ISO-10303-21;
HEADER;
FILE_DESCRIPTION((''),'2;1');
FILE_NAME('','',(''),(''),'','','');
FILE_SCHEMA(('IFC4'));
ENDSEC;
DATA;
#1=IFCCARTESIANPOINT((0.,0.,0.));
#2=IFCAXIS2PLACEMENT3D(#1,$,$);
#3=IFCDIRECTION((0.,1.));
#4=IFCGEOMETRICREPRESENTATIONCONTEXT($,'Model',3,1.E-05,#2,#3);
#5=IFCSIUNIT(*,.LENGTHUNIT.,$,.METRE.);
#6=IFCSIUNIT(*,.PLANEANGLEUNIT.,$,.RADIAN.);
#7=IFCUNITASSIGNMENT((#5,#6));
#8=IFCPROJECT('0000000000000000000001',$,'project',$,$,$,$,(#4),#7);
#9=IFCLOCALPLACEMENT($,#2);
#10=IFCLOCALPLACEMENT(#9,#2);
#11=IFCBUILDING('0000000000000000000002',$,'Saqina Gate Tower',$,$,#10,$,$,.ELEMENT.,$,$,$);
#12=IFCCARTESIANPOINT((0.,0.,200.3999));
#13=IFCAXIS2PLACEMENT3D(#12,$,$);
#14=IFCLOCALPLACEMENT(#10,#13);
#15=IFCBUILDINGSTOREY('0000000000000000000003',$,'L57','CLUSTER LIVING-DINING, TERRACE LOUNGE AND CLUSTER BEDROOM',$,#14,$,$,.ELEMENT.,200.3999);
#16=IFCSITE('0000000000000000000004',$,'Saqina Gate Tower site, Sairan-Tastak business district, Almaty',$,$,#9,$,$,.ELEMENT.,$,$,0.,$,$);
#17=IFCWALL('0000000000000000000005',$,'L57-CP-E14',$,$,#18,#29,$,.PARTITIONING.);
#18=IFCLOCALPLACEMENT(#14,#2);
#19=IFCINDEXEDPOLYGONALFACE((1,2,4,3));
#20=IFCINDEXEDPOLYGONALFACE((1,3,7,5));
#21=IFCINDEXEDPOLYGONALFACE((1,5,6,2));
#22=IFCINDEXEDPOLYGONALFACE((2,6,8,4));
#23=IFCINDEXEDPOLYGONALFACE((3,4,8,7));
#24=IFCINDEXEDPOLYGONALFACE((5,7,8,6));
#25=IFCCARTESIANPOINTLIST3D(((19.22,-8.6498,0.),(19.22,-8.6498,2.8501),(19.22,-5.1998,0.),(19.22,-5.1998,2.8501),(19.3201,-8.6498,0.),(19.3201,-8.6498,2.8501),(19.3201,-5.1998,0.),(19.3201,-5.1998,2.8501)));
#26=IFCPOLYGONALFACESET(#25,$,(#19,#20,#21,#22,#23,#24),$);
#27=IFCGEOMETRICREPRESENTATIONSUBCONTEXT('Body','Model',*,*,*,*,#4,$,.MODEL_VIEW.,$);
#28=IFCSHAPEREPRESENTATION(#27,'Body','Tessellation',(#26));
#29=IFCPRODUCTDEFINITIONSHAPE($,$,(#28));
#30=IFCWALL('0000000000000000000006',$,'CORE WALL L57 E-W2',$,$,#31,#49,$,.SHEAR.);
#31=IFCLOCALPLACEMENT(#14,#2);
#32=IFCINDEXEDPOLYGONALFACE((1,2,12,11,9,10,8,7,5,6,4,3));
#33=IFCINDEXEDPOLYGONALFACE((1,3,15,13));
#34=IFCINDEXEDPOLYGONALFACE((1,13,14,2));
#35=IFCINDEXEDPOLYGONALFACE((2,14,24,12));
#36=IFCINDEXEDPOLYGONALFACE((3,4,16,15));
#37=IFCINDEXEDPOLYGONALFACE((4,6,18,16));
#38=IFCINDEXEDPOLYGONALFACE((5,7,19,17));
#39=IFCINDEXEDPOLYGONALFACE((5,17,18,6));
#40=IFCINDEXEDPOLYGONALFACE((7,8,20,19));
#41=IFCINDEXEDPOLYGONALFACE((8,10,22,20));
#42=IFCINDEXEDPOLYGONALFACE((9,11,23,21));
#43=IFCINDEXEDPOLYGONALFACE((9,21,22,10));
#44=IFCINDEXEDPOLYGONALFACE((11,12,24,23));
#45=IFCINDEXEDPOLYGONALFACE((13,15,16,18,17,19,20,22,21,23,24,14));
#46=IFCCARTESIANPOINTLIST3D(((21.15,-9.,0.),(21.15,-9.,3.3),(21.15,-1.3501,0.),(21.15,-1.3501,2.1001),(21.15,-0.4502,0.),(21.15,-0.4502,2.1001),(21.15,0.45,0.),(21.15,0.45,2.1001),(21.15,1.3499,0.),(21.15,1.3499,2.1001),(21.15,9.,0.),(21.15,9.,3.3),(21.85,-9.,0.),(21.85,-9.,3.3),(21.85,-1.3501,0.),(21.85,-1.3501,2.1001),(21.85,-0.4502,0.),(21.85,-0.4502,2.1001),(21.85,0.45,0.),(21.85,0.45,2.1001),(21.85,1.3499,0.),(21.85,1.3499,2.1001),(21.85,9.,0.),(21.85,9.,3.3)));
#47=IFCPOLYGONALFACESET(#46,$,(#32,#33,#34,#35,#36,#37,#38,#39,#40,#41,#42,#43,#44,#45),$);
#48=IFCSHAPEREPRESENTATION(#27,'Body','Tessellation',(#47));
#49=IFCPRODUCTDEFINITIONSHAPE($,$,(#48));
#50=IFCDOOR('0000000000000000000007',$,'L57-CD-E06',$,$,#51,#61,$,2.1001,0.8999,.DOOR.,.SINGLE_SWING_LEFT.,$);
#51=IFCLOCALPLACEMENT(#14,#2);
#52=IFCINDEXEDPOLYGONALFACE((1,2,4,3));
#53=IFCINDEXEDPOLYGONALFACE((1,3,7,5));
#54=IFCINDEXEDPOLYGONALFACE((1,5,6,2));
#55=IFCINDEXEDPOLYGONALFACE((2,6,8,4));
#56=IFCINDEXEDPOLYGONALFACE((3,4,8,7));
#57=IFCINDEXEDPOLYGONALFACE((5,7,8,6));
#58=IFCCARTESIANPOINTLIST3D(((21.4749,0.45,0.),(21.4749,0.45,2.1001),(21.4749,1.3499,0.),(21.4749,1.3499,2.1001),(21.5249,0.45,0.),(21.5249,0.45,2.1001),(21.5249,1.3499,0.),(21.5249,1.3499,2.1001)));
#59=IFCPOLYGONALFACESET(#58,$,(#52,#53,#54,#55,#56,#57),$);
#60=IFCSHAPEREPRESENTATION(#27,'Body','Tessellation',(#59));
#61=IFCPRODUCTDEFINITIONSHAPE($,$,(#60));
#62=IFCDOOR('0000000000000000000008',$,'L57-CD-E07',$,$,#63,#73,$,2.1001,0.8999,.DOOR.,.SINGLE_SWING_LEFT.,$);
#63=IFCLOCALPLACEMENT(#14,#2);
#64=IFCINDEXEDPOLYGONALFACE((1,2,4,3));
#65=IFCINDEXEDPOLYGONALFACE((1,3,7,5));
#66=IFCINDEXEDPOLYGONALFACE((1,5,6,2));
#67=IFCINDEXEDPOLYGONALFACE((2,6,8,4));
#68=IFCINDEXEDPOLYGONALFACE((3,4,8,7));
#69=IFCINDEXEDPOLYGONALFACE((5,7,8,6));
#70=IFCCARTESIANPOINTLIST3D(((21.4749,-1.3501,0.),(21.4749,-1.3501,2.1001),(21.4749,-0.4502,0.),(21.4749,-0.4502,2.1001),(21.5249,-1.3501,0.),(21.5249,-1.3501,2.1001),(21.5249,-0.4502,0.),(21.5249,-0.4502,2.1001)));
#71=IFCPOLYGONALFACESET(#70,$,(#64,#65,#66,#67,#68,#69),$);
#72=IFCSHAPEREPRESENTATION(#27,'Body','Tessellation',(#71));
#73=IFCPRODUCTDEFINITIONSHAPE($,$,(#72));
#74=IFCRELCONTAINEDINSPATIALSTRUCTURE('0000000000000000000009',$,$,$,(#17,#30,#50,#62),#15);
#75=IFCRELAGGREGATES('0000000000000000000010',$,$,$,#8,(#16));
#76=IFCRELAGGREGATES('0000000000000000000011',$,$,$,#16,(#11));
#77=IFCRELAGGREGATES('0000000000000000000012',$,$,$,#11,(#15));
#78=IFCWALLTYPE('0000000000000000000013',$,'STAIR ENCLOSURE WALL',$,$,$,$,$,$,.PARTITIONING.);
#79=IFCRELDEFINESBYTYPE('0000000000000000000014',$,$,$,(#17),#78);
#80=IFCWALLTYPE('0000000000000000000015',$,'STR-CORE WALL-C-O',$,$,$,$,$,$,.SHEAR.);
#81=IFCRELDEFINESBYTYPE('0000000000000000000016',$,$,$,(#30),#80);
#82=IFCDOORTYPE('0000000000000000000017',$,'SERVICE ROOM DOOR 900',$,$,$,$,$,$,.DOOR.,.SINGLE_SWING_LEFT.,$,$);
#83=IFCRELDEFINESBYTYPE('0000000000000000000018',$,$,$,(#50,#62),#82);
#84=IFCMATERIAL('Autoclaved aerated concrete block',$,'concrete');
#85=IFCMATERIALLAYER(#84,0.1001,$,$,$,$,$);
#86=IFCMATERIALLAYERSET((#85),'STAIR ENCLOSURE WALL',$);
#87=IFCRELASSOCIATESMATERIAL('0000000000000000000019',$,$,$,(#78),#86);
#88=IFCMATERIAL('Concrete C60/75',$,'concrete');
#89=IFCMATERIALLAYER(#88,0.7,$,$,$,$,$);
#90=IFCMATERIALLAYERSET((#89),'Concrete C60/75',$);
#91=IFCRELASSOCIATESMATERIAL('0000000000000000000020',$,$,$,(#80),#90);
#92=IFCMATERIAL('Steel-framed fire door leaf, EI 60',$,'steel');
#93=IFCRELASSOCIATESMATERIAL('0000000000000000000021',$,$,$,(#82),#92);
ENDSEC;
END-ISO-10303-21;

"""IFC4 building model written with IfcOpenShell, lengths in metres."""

from ifc_helpers import new_model, si_unit, direction, frame, frame_2d, origin, place, context, subcontext, project, spatial, rectangle, extrude, material, layer, layer_set, type_object, element, fill, save


model = new_model("IFC4")

# Units and contexts
model_context = context("Model", 3, precision=1e-05, world=origin(), true_north=direction((0.0, 1.0)))
body_context = subcontext(model_context, "Body", "Model", "MODEL_VIEW")
ifc_project = project(units=[si_unit("LENGTHUNIT", "METRE"), si_unit("PLANEANGLEUNIT", "RADIAN")], contexts=[model_context])

# Site, building, storey
site_placement = place(None, origin())
site = spatial("IfcSite", under=ifc_project, at=site_placement, Name="Saqina Gate Tower site, Sairan-Tastak business district, Almaty", CompositionType="ELEMENT", RefElevation=0.0)
building_placement = place(site_placement, origin())
building = spatial("IfcBuilding", under=site, at=building_placement, Name="Saqina Gate Tower", CompositionType="ELEMENT")
storey_placement = place(building_placement, frame((0.0, 0.0, 200.3999)))
storey = spatial("IfcBuildingStorey", under=building, at=storey_placement, Name="L57", Description="CLUSTER LIVING-DINING, TERRACE LOUNGE AND CLUSTER BEDROOM", CompositionType="ELEMENT", Elevation=200.3999)

# Wall
ifc_material_1 = material(Name="Autoclaved aerated concrete block", Category="concrete")
ifc_layer_1 = layer(ifc_material_1, 0.1001)
ifc_layer_set_1 = layer_set([ifc_layer_1], Name="STAIR ENCLOSURE WALL")
wall_type_1 = type_object("IfcWallType", Name="STAIR ENCLOSURE WALL", PredefinedType="PARTITIONING", material=ifc_layer_set_1)
wall_1_placement = place(storey_placement, frame((19.27, -8.6499, 0.0), z_axis=(0.0, 0.0, 1.0), x_axis=(0.0, 1.0, 0.0)))
element("IfcWall", 1, at=wall_1_placement, inside=storey, type_object=wall_type_1, Name="L57-CP-E14", PredefinedType="PARTITIONING", context=body_context, shape_type="SweptSolid", body=[
    extrude(rectangle(XDim=3.45, YDim=0.1001, at=frame_2d((1.7251, 0.0))), origin(), (0.0, 0.0, 1.0), 2.8501),
])

# Wall, openings, doors
ifc_material_2 = material(Name="Concrete C60/75", Category="concrete")
ifc_layer_2 = layer(ifc_material_2, 0.7)
ifc_layer_set_2 = layer_set([ifc_layer_2], Name="Concrete C60/75")
wall_type_2 = type_object("IfcWallType", Name="STR-CORE WALL-C-O", PredefinedType="SHEAR", material=ifc_layer_set_2)
wall_2_placement = place(storey_placement, frame((21.5, -9.0, 0.0), z_axis=(0.0, 0.0, 1.0), x_axis=(0.0, 1.0, 0.0)))
wall_2 = element("IfcWall", 2, at=wall_2_placement, inside=storey, type_object=wall_type_2, Name="CORE WALL L57 E-W2", PredefinedType="SHEAR", context=body_context, shape_type="SweptSolid", body=[
    extrude(rectangle(XDim=18.0, YDim=0.7, at=frame_2d((9.0, 0.0))), origin(), (0.0, 0.0, 1.0), 3.3),
])
opening_1_placement = place(wall_2_placement, frame((9.45, 0.0, 0.0)))
opening_1 = element("IfcOpeningElement", 3, at=opening_1_placement, cuts=wall_2, PredefinedType="OPENING", context=body_context, shape_type="SweptSolid", body=[
    extrude(rectangle(XDim=0.8999, YDim=2.1001, at=frame_2d((0.45, 1.05))), frame((0.0, 0.3621, 0.0), z_axis=(0.0, -1.0, 0.0), x_axis=(1.0, 0.0, 0.0)), (0.0, 0.0, 1.0), 0.7239),
])
opening_2_placement = place(wall_2_placement, frame((7.6499, 0.0, 0.0)))
opening_2 = element("IfcOpeningElement", 4, at=opening_2_placement, cuts=wall_2, PredefinedType="OPENING", context=body_context, shape_type="SweptSolid", body=[
    extrude(rectangle(XDim=0.8999, YDim=2.1001, at=frame_2d((0.45, 1.05))), frame((0.0, 0.3621, 0.0), z_axis=(0.0, -1.0, 0.0), x_axis=(1.0, 0.0, 0.0)), (0.0, 0.0, 1.0), 0.7239),
])
ifc_material_3 = material(Name="Steel-framed fire door leaf, EI 60", Category="steel")
door_type_1 = type_object("IfcDoorType", Name="SERVICE ROOM DOOR 900", OperationType="SINGLE_SWING_LEFT", PredefinedType="DOOR", material=ifc_material_3)
door_1_placement = place(opening_1_placement, frame((0.8999, 0.0, 0.0), z_axis=(0.0, 0.0, 1.0), x_axis=(-1.0, 0.0, 0.0)))
door_1 = element("IfcDoor", 5, at=door_1_placement, inside=storey, type_object=door_type_1, Name="L57-CD-E06", OperationType="SINGLE_SWING_LEFT", OverallHeight=2.1001, OverallWidth=0.8999, PredefinedType="DOOR", context=body_context, shape_type="SweptSolid", body=[
    extrude(rectangle(XDim=0.8999, YDim=2.1001, at=frame_2d((0.45, 1.05))), frame((0.0, 0.0249, 0.0), z_axis=(0.0, -1.0, 0.0), x_axis=(1.0, 0.0, 0.0)), (0.0, 0.0, 1.0), 0.05),
])
fill(opening_1, door_1)
door_2_placement = place(opening_2_placement, frame((0.8999, 0.0, 0.0), z_axis=(0.0, 0.0, 1.0), x_axis=(-1.0, 0.0, 0.0)))
door_2 = element("IfcDoor", 6, at=door_2_placement, inside=storey, type_object=door_type_1, Name="L57-CD-E07", OperationType="SINGLE_SWING_LEFT", OverallHeight=2.1001, OverallWidth=0.8999, PredefinedType="DOOR", context=body_context, shape_type="SweptSolid", body=[
    extrude(rectangle(XDim=0.8999, YDim=2.1001, at=frame_2d((0.45, 1.05))), frame((0.0, 0.0249, 0.0), z_axis=(0.0, -1.0, 0.0), x_axis=(1.0, 0.0, 0.0)), (0.0, 0.0, 1.0), 0.05),
])
fill(opening_2, door_2)

save(model, "model.ifc")
